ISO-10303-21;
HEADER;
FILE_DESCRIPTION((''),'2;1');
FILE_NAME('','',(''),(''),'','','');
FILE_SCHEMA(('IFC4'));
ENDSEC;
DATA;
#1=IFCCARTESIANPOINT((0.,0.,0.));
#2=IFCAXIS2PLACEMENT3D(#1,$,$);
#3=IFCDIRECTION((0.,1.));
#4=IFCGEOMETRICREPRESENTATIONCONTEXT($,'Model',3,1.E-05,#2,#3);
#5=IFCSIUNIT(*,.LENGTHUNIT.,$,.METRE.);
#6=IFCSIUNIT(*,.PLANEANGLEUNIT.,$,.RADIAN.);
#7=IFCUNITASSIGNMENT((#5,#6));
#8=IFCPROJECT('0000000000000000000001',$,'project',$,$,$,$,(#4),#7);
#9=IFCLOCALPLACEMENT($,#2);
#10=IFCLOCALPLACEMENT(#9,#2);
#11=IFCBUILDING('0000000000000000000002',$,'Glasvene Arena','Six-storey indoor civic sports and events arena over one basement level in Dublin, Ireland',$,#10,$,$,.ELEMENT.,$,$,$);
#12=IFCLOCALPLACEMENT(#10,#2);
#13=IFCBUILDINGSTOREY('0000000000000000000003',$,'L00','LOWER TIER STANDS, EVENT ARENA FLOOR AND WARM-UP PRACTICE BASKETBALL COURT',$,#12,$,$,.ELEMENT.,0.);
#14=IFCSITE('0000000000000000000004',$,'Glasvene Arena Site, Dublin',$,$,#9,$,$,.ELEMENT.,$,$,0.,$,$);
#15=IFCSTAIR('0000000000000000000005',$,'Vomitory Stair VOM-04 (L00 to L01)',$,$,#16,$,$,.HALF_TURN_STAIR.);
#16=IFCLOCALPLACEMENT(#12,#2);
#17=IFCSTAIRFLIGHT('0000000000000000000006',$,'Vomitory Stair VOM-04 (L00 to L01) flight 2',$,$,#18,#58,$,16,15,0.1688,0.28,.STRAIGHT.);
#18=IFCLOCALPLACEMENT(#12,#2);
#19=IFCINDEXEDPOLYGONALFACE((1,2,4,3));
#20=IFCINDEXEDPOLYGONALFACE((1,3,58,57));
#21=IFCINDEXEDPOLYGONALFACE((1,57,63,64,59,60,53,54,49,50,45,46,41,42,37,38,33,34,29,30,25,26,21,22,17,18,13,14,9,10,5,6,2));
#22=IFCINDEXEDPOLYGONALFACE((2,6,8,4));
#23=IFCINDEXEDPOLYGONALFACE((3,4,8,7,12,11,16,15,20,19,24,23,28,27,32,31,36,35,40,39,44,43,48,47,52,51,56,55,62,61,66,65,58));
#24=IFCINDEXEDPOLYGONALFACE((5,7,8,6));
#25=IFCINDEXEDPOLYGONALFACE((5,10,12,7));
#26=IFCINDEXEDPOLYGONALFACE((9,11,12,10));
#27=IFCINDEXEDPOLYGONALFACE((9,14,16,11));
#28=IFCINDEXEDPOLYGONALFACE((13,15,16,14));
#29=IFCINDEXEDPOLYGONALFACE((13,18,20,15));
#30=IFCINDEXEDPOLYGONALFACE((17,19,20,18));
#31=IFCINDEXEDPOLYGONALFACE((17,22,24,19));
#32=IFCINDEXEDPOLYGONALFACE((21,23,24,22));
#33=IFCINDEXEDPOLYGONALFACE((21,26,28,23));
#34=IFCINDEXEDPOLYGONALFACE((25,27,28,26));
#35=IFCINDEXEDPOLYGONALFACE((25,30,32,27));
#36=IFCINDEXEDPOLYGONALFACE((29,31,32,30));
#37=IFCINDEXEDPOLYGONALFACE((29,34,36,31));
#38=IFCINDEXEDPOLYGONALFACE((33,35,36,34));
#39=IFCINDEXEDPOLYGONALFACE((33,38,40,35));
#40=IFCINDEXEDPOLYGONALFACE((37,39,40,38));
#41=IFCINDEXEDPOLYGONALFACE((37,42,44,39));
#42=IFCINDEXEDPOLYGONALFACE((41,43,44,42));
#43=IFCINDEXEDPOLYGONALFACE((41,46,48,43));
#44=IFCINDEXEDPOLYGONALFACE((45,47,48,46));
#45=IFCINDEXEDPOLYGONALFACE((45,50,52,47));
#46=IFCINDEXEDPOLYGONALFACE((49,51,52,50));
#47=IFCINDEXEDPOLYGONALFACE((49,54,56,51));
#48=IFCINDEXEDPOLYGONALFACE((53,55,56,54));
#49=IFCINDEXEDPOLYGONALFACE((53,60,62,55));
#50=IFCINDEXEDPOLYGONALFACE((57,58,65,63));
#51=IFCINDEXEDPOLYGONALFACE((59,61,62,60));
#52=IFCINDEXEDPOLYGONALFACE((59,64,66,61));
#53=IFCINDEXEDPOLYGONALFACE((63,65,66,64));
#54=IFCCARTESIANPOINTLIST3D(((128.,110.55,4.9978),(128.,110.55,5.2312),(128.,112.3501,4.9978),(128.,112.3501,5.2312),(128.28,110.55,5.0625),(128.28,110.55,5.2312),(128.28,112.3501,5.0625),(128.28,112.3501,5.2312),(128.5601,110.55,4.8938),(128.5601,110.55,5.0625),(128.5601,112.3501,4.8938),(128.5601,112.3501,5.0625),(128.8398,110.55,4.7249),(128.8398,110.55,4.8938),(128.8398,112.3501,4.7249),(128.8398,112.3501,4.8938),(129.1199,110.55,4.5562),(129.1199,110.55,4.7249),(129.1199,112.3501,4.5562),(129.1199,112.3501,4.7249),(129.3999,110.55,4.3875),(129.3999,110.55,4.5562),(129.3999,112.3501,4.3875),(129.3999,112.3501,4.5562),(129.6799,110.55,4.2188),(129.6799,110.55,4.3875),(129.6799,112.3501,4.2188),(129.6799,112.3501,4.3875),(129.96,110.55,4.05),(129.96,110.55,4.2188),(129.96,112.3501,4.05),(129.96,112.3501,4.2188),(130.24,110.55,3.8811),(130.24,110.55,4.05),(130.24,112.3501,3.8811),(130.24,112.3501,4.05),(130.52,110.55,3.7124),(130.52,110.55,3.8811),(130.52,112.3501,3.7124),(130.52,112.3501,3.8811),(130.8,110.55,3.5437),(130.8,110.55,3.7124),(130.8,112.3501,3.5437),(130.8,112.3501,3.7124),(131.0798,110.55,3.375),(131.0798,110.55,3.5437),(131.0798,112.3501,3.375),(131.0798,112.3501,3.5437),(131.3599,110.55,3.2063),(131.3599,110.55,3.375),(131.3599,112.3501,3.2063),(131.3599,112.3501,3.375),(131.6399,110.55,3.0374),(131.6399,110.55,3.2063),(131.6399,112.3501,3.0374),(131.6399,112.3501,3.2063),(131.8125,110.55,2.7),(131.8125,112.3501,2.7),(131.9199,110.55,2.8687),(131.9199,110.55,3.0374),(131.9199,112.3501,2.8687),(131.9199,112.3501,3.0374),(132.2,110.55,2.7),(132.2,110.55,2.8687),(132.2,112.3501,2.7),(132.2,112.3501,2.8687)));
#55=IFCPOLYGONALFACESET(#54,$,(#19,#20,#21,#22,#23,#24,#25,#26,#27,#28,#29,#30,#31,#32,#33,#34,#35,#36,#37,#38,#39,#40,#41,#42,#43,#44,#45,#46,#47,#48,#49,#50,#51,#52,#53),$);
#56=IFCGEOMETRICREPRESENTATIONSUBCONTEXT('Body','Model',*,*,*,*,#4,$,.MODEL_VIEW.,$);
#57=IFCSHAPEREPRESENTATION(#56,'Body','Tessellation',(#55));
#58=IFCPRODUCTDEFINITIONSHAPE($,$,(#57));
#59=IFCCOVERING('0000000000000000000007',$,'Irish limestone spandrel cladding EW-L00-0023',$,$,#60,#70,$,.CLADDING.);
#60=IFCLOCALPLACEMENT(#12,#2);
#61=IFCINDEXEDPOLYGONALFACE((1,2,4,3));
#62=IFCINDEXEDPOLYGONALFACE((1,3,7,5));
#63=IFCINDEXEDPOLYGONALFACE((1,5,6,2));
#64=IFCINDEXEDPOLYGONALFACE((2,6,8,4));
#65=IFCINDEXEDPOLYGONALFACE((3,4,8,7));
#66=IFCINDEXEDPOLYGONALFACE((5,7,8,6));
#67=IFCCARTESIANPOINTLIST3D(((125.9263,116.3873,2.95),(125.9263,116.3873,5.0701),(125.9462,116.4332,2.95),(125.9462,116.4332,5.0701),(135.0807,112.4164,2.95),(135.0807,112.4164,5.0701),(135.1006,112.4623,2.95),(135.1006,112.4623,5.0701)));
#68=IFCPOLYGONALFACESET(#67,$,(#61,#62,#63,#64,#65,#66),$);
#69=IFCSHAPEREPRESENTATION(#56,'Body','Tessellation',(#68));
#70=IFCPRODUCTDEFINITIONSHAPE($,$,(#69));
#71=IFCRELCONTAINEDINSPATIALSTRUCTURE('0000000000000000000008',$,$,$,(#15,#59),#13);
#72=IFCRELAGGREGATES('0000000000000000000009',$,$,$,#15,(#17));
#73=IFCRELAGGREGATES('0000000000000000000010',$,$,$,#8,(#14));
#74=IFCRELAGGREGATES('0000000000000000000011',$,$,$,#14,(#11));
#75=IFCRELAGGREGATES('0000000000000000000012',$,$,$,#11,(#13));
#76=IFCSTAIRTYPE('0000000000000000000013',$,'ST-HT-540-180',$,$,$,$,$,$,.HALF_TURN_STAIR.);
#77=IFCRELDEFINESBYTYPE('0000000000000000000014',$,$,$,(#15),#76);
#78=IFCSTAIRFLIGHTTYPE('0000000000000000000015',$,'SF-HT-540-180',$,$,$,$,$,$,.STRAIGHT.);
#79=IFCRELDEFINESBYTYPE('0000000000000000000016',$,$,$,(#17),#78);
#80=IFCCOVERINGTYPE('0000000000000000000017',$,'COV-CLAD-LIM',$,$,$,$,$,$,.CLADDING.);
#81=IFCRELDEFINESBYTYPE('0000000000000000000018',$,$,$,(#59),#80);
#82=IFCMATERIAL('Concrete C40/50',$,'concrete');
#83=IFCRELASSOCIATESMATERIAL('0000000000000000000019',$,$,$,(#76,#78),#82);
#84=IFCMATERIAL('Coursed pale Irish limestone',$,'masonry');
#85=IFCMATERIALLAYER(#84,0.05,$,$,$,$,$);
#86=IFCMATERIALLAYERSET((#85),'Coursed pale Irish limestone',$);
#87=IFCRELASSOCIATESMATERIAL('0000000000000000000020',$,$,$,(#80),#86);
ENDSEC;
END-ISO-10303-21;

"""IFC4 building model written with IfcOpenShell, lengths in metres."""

from ifc_helpers import new_model, si_unit, direction, frame, origin, origin_2d, place, context, subcontext, project, spatial, polyline, rectangle, outline, extrude, material, layer, layer_set, type_object, element, aggregate, save


model = new_model("IFC4")

# Units and contexts
model_context = context("Model", 3, precision=1e-05, world=origin(), true_north=direction((0.0, 1.0)))
body_context = subcontext(model_context, "Body", "Model", "MODEL_VIEW")
ifc_project = project(units=[si_unit("LENGTHUNIT", "METRE"), si_unit("PLANEANGLEUNIT", "RADIAN")], contexts=[model_context])

# Site, building, storey
site_placement = place(None, origin())
site = spatial("IfcSite", under=ifc_project, at=site_placement, Name="Glasvene Arena Site, Dublin", CompositionType="ELEMENT", RefElevation=0.0)
building_placement = place(site_placement, origin())
building = spatial("IfcBuilding", under=site, at=building_placement, Name="Glasvene Arena", Description="Six-storey indoor civic sports and events arena over one basement level in Dublin, Ireland", CompositionType="ELEMENT")
storey_placement = place(building_placement, origin())
storey = spatial("IfcBuildingStorey", under=building, at=storey_placement, Name="L00", Description="LOWER TIER STANDS, EVENT ARENA FLOOR AND WARM-UP PRACTICE BASKETBALL COURT", CompositionType="ELEMENT", Elevation=0.0)

# Shared definitions
ifc_material_1 = material(Name="Concrete C40/50", Category="concrete")

# Shared definitions
ifc_material_2 = material(Name="Coursed pale Irish limestone", Category="masonry")

# Stair, stair flight
stair_type = type_object("IfcStairType", Name="ST-HT-540-180", PredefinedType="HALF_TURN_STAIR", material=ifc_material_1)
stair_placement = place(storey_placement, origin())
stair = element("IfcStair", 1, at=stair_placement, inside=storey, type_object=stair_type, Name="Vomitory Stair VOM-04 (L00 to L01)", PredefinedType="HALF_TURN_STAIR")
stair_flight_type = type_object("IfcStairFlightType", Name="SF-HT-540-180", PredefinedType="STRAIGHT", material=ifc_material_1)
stair_flight_1_placement = place(storey_placement, frame((132.2, 111.45, 2.7), z_axis=(0.0, 0.0, 1.0), x_axis=(-1.0, 0.0, 0.0)))
stair_flight_1 = element("IfcStairFlight", 2, at=stair_flight_1_placement, type_object=stair_flight_type, Name="Vomitory Stair VOM-04 (L00 to L01) flight 2", NumberOfRisers=16, NumberOfTreads=15, PredefinedType="STRAIGHT", RiserHeight=0.1688, TreadLength=0.28, context=body_context, shape_type="SweptSolid", body=[
    extrude(outline(polyline([(0.0, 0.0), (0.0, 0.1687), (0.28, 0.1687), (0.28, 0.3374), (0.5601, 0.3374), (0.5601, 0.5063), (0.8401, 0.5063), (0.8401, 0.675), (1.1201, 0.675), (1.1201, 0.8438), (1.3999, 0.8438), (1.3999, 1.0125), (1.6799, 1.0125), (1.6799, 1.1812), (1.96, 1.1812), (1.96, 1.3501), (2.24, 1.3501), (2.24, 1.5188), (2.52, 1.5188), (2.52, 1.6875), (2.8, 1.6875), (2.8, 1.8562), (3.0801, 1.8562), (3.0801, 2.0249), (3.3601, 2.0249), (3.3601, 2.1938), (3.6399, 2.1938), (3.6399, 2.3625), (3.9199, 2.3625), (3.9199, 2.5312), (4.2, 2.5312), (4.2, 2.7), (4.2, 2.2979), (0.3875, 0.0), (0.0, 0.0)])), frame((0.0, 0.8999, 0.0), z_axis=(0.0, -1.0, 0.0), x_axis=(1.0, 0.0, 0.0)), (0.0, 0.0, 1.0), 1.8),
])
aggregate(stair, [stair_flight_1])

# Covering
ifc_layer_1 = layer(ifc_material_2, 0.05)
ifc_layer_set_1 = layer_set([ifc_layer_1], Name="Coursed pale Irish limestone")
covering_type = type_object("IfcCoveringType", Name="COV-CLAD-LIM", PredefinedType="CLADDING", material=ifc_layer_set_1)
covering_placement = place(storey_placement, frame((130.5134, 114.4248, 2.95), z_axis=(0.0, 0.0, 1.0), x_axis=(0.917408, -0.397949, 0.0)))
element("IfcCovering", 3, at=covering_placement, inside=storey, type_object=covering_type, Name="Irish limestone spandrel cladding EW-L00-0023", PredefinedType="CLADDING", context=body_context, shape_type="SweptSolid", body=[
    extrude(rectangle(XDim=9.9785, YDim=0.05, at=origin_2d()), origin(), (0.0, 0.0, 1.0), 2.1201),
])

save(model, "model.ifc")
